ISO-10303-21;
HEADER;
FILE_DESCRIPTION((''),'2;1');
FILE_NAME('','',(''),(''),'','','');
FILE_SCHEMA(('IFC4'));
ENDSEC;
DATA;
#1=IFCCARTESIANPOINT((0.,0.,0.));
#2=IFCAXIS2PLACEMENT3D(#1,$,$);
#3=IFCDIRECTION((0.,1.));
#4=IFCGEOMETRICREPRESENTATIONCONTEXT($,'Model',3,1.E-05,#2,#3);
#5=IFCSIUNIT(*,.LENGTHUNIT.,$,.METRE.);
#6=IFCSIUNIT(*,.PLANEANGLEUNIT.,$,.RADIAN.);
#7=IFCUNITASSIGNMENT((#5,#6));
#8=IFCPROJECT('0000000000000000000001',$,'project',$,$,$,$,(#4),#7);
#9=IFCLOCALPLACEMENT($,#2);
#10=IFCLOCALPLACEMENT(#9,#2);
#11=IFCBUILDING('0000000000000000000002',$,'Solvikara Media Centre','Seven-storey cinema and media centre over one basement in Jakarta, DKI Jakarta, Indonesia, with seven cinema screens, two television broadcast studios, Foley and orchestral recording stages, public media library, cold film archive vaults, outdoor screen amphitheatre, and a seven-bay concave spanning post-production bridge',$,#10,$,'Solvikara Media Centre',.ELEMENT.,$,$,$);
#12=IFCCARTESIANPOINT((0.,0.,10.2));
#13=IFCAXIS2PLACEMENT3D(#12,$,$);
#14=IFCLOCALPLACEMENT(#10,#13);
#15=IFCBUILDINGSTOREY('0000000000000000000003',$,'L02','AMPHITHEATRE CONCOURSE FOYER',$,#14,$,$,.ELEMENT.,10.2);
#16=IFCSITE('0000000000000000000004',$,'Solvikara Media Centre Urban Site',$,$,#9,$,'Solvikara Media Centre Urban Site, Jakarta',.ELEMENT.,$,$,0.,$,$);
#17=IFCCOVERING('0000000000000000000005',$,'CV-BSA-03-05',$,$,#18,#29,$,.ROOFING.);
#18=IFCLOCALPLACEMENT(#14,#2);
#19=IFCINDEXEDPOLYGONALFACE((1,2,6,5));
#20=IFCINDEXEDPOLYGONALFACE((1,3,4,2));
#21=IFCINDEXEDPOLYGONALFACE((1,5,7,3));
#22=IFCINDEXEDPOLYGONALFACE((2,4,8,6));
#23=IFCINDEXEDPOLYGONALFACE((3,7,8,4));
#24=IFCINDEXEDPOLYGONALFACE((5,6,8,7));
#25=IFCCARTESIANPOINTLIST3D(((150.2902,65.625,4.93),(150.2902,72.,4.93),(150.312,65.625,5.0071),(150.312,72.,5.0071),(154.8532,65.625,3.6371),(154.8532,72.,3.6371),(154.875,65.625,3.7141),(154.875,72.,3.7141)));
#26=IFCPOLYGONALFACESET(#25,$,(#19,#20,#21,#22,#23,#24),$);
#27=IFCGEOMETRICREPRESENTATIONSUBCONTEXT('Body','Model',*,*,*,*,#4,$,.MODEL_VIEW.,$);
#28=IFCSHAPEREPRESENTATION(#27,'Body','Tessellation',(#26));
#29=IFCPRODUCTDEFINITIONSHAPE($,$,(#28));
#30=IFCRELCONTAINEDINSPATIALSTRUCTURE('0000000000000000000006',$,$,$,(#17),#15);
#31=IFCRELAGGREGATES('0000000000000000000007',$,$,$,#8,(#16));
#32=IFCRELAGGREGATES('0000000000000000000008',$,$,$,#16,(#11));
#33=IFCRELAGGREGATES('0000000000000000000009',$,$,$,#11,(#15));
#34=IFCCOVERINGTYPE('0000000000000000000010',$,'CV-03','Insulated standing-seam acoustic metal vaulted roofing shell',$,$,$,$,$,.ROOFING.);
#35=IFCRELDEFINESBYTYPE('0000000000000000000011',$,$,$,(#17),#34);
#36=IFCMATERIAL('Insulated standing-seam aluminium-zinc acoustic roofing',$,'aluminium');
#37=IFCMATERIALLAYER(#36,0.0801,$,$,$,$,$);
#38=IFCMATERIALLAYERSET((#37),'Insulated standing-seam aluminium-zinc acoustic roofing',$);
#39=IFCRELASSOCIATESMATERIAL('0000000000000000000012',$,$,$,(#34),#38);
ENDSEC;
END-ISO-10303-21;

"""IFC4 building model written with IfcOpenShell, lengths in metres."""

from ifc_helpers import new_model, si_unit, direction, frame, origin, place, context, subcontext, project, spatial, polyline, outline, extrude, material, layer, layer_set, type_object, element, save


model = new_model("IFC4")

# Units and contexts
model_context = context("Model", 3, precision=1e-05, world=origin(), true_north=direction((0.0, 1.0)))
body_context = subcontext(model_context, "Body", "Model", "MODEL_VIEW")
ifc_project = project(units=[si_unit("LENGTHUNIT", "METRE"), si_unit("PLANEANGLEUNIT", "RADIAN")], contexts=[model_context])

# Site, building, storey
site_placement = place(None, origin())
site = spatial("IfcSite", under=ifc_project, at=site_placement, Name="Solvikara Media Centre Urban Site", LongName="Solvikara Media Centre Urban Site, Jakarta", CompositionType="ELEMENT", RefElevation=0.0)
building_placement = place(site_placement, origin())
building = spatial("IfcBuilding", under=site, at=building_placement, Name="Solvikara Media Centre", Description="Seven-storey cinema and media centre over one basement in Jakarta, DKI Jakarta, Indonesia, with seven cinema screens, two television broadcast studios, Foley and orchestral recording stages, public media library, cold film archive vaults, outdoor screen amphitheatre, and a seven-bay concave spanning post-production bridge", LongName="Solvikara Media Centre", CompositionType="ELEMENT")
storey_placement = place(building_placement, frame((0.0, 0.0, 10.2)))
storey = spatial("IfcBuildingStorey", under=building, at=storey_placement, Name="L02", Description="AMPHITHEATRE CONCOURSE FOYER", CompositionType="ELEMENT", Elevation=10.2)

# Shared definitions
ifc_material_1 = material(Name="Insulated standing-seam aluminium-zinc acoustic roofing", Category="aluminium")

# Covering
ifc_layer_1 = layer(ifc_material_1, 0.0801)
ifc_layer_set_1 = layer_set([ifc_layer_1], Name="Insulated standing-seam aluminium-zinc acoustic roofing")
covering_type = type_object("IfcCoveringType", Name="CV-03", Description="Insulated standing-seam acoustic metal vaulted roofing shell", PredefinedType="ROOFING", material=ifc_layer_set_1)
covering_placement = place(storey_placement, frame((150.312, 65.625, 5.0071), z_axis=(0.272626, 0.0, 0.96212), x_axis=(0.96212, 0.0, -0.272626)))
element("IfcCovering", 1, at=covering_placement, inside=storey, type_object=covering_type, Name="CV-BSA-03-05", PredefinedType="ROOFING", context=body_context, shape_type="SweptSolid", body=[
    extrude(outline(polyline([(0.0, 0.0), (4.7426, 0.0), (4.7426, 6.375), (0.0, 6.375), (0.0, 0.0)])), origin(), (0.0, 0.0, -1.0), 0.0801),
])

save(model, "model.ifc")
